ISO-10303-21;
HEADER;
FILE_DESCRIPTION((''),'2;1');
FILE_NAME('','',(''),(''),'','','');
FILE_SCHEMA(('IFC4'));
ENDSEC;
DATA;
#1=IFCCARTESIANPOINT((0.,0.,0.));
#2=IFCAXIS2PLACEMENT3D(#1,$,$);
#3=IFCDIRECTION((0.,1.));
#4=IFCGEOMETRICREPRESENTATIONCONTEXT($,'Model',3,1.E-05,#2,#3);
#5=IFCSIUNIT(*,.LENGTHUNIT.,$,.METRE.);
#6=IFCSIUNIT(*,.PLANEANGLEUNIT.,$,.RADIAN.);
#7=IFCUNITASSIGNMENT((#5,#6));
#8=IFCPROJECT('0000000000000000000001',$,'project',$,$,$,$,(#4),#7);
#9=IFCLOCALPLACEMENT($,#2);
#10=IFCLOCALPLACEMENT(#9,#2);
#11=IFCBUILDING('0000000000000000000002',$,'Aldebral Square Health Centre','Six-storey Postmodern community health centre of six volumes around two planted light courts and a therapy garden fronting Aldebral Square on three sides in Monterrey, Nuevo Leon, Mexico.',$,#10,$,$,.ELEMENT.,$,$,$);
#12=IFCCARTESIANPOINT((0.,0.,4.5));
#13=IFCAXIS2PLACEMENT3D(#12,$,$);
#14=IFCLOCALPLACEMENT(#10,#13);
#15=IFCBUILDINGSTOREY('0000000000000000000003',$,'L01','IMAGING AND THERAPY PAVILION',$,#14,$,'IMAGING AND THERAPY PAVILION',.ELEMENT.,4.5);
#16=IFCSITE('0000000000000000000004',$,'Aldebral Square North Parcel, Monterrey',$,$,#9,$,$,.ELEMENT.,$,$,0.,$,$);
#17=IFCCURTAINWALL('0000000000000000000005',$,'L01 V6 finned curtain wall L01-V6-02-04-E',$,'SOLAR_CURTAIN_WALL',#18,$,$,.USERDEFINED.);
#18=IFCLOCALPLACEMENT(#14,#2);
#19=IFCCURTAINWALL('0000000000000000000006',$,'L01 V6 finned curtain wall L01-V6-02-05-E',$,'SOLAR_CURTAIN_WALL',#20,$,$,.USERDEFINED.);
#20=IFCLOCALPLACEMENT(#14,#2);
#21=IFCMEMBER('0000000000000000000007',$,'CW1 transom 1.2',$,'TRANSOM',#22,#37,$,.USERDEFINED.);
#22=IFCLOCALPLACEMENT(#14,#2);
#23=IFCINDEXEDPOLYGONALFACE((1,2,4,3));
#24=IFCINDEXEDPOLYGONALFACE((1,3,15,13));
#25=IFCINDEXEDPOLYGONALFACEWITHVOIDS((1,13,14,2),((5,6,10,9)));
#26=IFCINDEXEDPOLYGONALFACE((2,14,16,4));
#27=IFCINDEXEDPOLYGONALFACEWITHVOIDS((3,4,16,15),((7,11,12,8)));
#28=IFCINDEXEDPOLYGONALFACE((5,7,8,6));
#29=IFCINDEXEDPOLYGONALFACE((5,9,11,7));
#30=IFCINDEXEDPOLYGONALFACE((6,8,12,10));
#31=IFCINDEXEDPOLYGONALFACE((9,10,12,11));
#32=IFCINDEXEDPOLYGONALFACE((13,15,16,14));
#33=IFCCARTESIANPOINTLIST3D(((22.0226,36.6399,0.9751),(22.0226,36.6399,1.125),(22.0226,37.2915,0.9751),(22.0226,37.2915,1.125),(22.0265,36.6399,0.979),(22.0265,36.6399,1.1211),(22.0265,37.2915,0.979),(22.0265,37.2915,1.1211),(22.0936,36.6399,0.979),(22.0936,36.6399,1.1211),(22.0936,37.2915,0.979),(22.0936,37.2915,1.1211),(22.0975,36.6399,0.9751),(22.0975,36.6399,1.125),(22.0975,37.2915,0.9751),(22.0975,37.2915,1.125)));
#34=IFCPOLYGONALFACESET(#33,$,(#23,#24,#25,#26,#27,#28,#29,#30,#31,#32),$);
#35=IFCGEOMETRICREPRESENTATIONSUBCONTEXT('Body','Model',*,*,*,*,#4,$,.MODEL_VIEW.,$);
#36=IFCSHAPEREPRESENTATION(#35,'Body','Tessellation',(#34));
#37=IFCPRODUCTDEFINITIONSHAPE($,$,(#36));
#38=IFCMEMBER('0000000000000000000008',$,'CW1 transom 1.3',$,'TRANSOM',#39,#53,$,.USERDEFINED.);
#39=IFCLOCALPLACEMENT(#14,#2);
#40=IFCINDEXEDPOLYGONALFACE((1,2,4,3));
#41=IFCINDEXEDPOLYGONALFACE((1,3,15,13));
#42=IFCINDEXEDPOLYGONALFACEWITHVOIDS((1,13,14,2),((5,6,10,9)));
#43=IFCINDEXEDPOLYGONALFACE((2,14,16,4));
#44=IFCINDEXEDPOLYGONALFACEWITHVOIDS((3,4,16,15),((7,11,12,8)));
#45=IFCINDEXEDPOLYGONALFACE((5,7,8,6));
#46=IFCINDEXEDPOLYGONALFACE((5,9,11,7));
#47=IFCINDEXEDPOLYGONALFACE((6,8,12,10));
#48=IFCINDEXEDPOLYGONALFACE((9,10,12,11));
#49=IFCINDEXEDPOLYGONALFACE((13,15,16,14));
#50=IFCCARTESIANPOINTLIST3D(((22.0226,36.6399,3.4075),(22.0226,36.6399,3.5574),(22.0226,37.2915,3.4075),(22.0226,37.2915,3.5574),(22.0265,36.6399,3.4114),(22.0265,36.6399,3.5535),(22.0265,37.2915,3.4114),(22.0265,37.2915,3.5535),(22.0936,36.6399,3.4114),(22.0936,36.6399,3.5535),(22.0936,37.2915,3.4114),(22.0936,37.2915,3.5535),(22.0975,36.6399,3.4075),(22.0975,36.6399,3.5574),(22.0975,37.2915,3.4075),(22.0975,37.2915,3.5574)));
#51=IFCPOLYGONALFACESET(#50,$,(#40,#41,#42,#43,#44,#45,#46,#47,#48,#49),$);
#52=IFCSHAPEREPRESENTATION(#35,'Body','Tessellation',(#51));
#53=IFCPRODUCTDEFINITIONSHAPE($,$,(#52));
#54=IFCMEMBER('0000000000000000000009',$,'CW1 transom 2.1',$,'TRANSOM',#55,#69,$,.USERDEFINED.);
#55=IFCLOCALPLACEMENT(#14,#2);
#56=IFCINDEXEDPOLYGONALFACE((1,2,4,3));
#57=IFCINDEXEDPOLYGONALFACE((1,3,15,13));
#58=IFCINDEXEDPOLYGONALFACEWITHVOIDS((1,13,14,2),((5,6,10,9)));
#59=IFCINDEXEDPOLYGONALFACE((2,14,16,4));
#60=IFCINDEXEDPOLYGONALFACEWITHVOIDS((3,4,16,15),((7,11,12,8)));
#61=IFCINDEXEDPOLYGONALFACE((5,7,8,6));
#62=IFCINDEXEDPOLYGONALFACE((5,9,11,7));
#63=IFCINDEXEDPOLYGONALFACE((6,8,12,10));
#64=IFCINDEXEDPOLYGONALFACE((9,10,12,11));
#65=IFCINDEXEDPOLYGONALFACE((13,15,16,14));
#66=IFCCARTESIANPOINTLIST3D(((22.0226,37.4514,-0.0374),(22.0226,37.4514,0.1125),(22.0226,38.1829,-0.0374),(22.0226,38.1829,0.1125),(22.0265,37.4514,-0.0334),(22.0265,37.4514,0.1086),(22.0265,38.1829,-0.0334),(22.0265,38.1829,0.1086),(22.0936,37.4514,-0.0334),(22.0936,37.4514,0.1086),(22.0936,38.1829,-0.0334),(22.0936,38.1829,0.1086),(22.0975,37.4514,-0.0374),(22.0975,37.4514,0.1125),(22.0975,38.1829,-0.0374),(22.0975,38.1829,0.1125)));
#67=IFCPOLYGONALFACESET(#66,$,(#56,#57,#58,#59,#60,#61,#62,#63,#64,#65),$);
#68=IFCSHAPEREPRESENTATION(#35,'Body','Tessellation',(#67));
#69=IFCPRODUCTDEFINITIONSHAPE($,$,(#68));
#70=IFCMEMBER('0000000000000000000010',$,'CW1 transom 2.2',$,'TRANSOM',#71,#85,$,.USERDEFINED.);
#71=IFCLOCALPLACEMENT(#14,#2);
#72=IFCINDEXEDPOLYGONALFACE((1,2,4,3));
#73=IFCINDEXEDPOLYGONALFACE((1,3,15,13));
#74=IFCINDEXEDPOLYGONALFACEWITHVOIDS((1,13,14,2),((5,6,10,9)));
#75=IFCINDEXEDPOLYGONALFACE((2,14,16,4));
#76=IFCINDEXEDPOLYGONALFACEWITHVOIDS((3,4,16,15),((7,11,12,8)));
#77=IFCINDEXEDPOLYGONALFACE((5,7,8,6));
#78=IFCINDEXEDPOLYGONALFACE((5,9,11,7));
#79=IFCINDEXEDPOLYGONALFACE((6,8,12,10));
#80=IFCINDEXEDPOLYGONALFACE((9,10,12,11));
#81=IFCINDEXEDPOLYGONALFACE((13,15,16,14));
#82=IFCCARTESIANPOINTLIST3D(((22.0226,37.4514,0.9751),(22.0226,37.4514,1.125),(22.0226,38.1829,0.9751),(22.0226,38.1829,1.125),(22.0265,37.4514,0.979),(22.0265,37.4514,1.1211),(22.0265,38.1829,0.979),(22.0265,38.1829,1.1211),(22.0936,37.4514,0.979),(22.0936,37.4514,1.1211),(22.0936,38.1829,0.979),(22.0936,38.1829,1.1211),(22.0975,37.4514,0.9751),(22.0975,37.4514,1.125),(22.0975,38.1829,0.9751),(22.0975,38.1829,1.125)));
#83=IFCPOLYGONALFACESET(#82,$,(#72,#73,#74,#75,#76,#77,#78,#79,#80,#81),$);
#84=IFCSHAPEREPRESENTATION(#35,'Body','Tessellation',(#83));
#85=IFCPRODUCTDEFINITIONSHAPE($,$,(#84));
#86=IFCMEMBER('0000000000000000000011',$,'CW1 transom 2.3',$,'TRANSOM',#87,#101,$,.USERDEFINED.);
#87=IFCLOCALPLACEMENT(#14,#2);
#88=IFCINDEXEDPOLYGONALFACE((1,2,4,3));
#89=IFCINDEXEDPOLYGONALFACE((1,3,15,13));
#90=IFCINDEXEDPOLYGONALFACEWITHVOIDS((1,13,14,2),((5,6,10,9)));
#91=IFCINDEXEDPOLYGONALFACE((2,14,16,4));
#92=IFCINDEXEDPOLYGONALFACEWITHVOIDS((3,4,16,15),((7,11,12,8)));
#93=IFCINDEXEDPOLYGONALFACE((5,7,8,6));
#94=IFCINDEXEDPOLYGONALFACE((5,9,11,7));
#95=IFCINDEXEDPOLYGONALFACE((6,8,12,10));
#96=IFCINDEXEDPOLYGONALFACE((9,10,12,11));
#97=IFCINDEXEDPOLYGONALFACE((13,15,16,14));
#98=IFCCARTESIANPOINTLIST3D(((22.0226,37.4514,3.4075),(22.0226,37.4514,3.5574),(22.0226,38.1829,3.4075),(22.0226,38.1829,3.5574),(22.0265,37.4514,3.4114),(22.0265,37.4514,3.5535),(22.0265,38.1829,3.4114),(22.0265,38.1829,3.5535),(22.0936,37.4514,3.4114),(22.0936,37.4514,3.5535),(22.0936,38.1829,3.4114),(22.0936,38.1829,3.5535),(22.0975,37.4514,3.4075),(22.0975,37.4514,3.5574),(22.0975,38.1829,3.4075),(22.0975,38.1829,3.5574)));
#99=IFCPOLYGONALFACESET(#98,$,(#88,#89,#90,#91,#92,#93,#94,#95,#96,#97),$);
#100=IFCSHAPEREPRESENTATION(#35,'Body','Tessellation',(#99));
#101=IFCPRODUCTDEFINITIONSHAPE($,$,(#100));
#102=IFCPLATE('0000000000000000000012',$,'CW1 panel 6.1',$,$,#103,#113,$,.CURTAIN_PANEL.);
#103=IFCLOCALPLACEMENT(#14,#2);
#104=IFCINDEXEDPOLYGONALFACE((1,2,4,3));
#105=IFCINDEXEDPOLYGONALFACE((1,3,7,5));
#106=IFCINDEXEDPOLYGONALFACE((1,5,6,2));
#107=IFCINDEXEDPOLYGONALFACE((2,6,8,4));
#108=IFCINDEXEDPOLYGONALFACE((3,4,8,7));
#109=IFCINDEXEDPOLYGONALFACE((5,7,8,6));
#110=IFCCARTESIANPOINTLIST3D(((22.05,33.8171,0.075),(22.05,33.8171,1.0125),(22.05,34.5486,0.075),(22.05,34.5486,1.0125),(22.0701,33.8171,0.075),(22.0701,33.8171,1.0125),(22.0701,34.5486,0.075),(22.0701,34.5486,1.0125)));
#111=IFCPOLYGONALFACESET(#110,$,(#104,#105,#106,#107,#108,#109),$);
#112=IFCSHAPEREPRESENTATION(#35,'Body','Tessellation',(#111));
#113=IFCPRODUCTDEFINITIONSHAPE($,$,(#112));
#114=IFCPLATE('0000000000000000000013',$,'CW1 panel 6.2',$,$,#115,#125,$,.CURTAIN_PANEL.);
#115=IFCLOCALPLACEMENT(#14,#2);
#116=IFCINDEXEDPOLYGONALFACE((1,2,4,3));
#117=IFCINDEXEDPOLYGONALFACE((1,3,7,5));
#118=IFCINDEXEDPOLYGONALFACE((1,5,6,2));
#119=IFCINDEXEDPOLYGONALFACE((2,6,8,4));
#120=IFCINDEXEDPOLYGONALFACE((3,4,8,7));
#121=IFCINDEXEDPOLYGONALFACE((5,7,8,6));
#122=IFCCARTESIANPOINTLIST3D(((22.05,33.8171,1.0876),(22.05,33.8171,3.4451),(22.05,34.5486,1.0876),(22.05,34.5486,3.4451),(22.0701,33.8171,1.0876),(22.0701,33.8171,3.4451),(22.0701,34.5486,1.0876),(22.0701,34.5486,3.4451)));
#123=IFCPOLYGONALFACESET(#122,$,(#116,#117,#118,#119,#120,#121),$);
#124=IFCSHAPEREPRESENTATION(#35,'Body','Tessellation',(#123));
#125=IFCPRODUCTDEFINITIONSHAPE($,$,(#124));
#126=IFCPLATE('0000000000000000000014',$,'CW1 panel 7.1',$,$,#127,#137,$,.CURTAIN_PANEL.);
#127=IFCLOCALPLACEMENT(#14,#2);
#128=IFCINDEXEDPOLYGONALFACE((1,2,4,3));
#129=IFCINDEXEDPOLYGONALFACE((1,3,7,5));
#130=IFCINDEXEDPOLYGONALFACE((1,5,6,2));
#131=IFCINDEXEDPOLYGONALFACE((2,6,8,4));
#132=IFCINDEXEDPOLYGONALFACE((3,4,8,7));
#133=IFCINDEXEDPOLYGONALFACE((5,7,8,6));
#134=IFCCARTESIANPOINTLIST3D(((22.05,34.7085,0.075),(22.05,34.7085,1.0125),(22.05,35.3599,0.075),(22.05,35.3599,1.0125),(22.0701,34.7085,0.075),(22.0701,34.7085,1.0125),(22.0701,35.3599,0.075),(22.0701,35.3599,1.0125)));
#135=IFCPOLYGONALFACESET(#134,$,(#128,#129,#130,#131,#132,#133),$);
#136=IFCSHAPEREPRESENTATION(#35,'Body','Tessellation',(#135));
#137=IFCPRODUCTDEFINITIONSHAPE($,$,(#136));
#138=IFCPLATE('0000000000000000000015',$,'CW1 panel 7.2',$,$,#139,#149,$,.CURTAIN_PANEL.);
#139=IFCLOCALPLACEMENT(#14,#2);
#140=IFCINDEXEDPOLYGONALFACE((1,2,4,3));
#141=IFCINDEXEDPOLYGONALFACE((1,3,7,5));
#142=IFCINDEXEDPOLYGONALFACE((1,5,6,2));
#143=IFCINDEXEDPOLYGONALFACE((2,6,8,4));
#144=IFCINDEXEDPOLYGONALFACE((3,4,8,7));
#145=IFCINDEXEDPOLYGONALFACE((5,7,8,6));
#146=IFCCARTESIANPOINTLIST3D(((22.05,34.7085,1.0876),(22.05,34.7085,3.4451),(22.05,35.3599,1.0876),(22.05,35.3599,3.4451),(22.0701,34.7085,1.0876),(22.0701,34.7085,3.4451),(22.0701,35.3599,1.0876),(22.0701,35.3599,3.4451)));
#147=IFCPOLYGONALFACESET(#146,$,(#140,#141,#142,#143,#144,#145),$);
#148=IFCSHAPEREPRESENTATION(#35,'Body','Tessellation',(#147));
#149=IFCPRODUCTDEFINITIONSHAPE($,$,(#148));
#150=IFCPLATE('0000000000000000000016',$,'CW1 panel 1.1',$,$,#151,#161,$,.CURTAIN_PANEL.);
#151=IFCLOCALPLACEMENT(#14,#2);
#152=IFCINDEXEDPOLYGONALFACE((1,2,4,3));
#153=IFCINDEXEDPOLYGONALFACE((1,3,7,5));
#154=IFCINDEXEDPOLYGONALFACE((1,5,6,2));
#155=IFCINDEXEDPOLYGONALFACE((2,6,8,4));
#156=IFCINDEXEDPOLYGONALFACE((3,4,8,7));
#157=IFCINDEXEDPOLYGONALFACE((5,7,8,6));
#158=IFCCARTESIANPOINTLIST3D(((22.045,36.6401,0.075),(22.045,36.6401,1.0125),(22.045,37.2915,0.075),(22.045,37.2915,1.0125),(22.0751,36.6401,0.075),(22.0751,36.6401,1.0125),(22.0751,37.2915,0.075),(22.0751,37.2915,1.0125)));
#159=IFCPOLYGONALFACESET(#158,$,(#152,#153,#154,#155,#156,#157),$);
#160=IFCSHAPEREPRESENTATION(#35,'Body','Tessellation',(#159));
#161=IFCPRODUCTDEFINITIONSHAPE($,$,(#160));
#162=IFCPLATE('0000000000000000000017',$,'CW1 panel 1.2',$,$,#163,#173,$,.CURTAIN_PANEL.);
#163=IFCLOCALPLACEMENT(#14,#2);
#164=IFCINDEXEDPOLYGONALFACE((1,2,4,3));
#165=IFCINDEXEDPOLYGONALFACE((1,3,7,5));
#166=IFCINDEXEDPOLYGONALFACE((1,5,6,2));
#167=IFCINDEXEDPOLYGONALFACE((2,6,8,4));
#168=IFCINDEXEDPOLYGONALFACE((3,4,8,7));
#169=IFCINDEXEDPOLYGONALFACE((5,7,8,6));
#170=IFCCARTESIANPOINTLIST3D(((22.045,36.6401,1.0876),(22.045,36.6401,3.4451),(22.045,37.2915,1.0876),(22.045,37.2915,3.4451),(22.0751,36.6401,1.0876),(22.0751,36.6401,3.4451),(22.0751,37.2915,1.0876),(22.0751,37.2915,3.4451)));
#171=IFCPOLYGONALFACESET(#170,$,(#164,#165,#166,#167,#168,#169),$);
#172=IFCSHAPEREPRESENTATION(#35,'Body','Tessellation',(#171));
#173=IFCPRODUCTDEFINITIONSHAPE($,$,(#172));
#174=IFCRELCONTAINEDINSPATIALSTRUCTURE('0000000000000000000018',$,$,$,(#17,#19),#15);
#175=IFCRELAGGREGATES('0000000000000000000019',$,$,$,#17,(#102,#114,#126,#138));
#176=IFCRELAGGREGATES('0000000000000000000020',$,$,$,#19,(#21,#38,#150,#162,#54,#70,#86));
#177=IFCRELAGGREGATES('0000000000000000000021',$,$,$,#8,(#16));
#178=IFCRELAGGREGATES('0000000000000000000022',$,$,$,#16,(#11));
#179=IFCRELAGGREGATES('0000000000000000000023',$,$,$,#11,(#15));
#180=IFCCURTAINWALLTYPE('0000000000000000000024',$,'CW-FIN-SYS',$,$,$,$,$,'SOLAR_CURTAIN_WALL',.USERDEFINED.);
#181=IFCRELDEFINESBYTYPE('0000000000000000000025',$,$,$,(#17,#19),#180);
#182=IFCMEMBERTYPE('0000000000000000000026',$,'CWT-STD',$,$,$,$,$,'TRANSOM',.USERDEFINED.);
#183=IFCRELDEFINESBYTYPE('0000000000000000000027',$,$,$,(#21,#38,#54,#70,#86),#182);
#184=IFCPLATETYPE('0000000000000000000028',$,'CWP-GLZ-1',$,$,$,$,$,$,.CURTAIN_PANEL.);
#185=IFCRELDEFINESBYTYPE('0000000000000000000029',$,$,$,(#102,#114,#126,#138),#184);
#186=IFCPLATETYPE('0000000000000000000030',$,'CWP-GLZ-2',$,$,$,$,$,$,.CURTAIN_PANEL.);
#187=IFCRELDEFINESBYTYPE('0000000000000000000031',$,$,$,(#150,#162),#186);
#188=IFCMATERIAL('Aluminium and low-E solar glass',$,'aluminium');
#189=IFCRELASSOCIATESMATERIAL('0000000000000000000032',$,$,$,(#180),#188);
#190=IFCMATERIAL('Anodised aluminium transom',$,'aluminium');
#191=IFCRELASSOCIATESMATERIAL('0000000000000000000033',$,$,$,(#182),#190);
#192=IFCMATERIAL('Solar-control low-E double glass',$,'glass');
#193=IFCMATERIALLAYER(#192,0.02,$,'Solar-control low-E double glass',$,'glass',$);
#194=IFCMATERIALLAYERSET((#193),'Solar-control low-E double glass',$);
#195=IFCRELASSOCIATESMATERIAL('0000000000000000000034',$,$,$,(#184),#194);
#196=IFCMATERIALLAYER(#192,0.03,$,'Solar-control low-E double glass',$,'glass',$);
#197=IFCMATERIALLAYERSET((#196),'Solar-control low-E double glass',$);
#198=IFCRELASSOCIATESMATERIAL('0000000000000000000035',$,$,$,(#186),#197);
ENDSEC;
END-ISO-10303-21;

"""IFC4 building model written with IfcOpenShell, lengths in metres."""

from ifc_helpers import new_model, si_unit, direction, frame, origin, origin_2d, place, context, subcontext, project, spatial, rectangle, hollow_rectangle, extrude, material, layer, layer_set, material_profile, profile_set, type_object, element, aggregate, save


model = new_model("IFC4")

# Units and contexts
model_context = context("Model", 3, precision=1e-05, world=origin(), true_north=direction((0.0, 1.0)))
body_context = subcontext(model_context, "Body", "Model", "MODEL_VIEW")
ifc_project = project(units=[si_unit("LENGTHUNIT", "METRE"), si_unit("PLANEANGLEUNIT", "RADIAN")], contexts=[model_context])

# Site, building, storey
site_placement = place(None, origin())
site = spatial("IfcSite", under=ifc_project, at=site_placement, Name="Aldebral Square North Parcel, Monterrey", CompositionType="ELEMENT", RefElevation=0.0)
building_placement = place(site_placement, origin())
building = spatial("IfcBuilding", under=site, at=building_placement, Name="Aldebral Square Health Centre", Description="Six-storey Postmodern community health centre of six volumes around two planted light courts and a therapy garden fronting Aldebral Square on three sides in Monterrey, Nuevo Leon, Mexico.", CompositionType="ELEMENT")
storey_placement = place(building_placement, frame((0.0, 0.0, 4.5)))
storey = spatial("IfcBuildingStorey", under=building, at=storey_placement, Name="L01", Description="IMAGING AND THERAPY PAVILION", LongName="IMAGING AND THERAPY PAVILION", CompositionType="ELEMENT", Elevation=4.5)

# Curtain walls
ifc_material_1 = material(Name="Aluminium and low-E solar glass", Category="aluminium")
curtain_wall_type = type_object("IfcCurtainWallType", Name="CW-FIN-SYS", ElementType="SOLAR_CURTAIN_WALL", PredefinedType="USERDEFINED", material=ifc_material_1)
curtain_wall_1_placement = place(storey_placement, origin())
curtain_wall_1 = element("IfcCurtainWall", 1, at=curtain_wall_1_placement, inside=storey, type_object=curtain_wall_type, Name="L01 V6 finned curtain wall L01-V6-02-04-E", ObjectType="SOLAR_CURTAIN_WALL", PredefinedType="USERDEFINED")
curtain_wall_2_placement = place(storey_placement, origin())
curtain_wall_2 = element("IfcCurtainWall", 2, at=curtain_wall_2_placement, inside=storey, type_object=curtain_wall_type, Name="L01 V6 finned curtain wall L01-V6-02-05-E", ObjectType="SOLAR_CURTAIN_WALL", PredefinedType="USERDEFINED")

# Members
ifc_material_2 = material(Name="Anodised aluminium transom", Category="aluminium")
ifc_material_profile_1 = material_profile(ifc_material_2, hollow_rectangle(XDim=0.075, YDim=0.1499, WallThickness=0.0039, at=origin_2d()), Name="CWT 75x150x4")
ifc_profile_set_1 = profile_set([ifc_material_profile_1], Name="Anodised aluminium transom")
member_type_1 = type_object("IfcMemberType", Name="CWT-STD", ElementType="TRANSOM", PredefinedType="USERDEFINED", material=ifc_profile_set_1)
member_1_placement = place(storey_placement, frame((22.0601, 36.6399, 1.05), z_axis=(0.0, 1.0, 0.0), x_axis=(-1.0, 0.0, 0.0)))
member_1 = element("IfcMember", 3, at=member_1_placement, type_object=member_type_1, Name="CW1 transom 1.2", ObjectType="TRANSOM", PredefinedType="USERDEFINED", context=body_context, shape_type="SweptSolid", body=[
    extrude(hollow_rectangle(XDim=0.075, YDim=0.1499, WallThickness=0.0039, at=origin_2d()), origin(), (0.0, 0.0, 1.0), 0.6516),
])
member_2_placement = place(storey_placement, frame((22.0601, 36.6399, 3.4824), z_axis=(0.0, 1.0, 0.0), x_axis=(-1.0, 0.0, 0.0)))
member_2 = element("IfcMember", 4, at=member_2_placement, type_object=member_type_1, Name="CW1 transom 1.3", ObjectType="TRANSOM", PredefinedType="USERDEFINED", context=body_context, shape_type="SweptSolid", body=[
    extrude(hollow_rectangle(XDim=0.075, YDim=0.1499, WallThickness=0.0039, at=origin_2d()), origin(), (0.0, 0.0, 1.0), 0.6516),
])
member_3_placement = place(storey_placement, frame((22.0601, 37.4514, 0.0376), z_axis=(0.0, 1.0, 0.0), x_axis=(-1.0, 0.0, 0.0)))
member_3 = element("IfcMember", 5, at=member_3_placement, type_object=member_type_1, Name="CW1 transom 2.1", ObjectType="TRANSOM", PredefinedType="USERDEFINED", context=body_context, shape_type="SweptSolid", body=[
    extrude(hollow_rectangle(XDim=0.075, YDim=0.1499, WallThickness=0.0039, at=origin_2d()), origin(), (0.0, 0.0, 1.0), 0.7314),
])
member_4_placement = place(storey_placement, frame((22.0601, 37.4514, 1.05), z_axis=(0.0, 1.0, 0.0), x_axis=(-1.0, 0.0, 0.0)))
member_4 = element("IfcMember", 6, at=member_4_placement, type_object=member_type_1, Name="CW1 transom 2.2", ObjectType="TRANSOM", PredefinedType="USERDEFINED", context=body_context, shape_type="SweptSolid", body=[
    extrude(hollow_rectangle(XDim=0.075, YDim=0.1499, WallThickness=0.0039, at=origin_2d()), origin(), (0.0, 0.0, 1.0), 0.7314),
])
member_5_placement = place(storey_placement, frame((22.0601, 37.4514, 3.4824), z_axis=(0.0, 1.0, 0.0), x_axis=(-1.0, 0.0, 0.0)))
member_5 = element("IfcMember", 7, at=member_5_placement, type_object=member_type_1, Name="CW1 transom 2.3", ObjectType="TRANSOM", PredefinedType="USERDEFINED", context=body_context, shape_type="SweptSolid", body=[
    extrude(hollow_rectangle(XDim=0.075, YDim=0.1499, WallThickness=0.0039, at=origin_2d()), origin(), (0.0, 0.0, 1.0), 0.7314),
])

# Plates
ifc_material_3 = material(Name="Solar-control low-E double glass", Category="glass")
ifc_layer_1 = layer(ifc_material_3, 0.02, Name="Solar-control low-E double glass", Category="glass")
ifc_layer_set_1 = layer_set([ifc_layer_1], Name="Solar-control low-E double glass")
plate_type_1 = type_object("IfcPlateType", Name="CWP-GLZ-1", PredefinedType="CURTAIN_PANEL", material=ifc_layer_set_1)
plate_1_placement = place(storey_placement, frame((22.0601, 34.1829, 0.075), z_axis=(0.0, 0.0, 1.0), x_axis=(0.0, 1.0, 0.0)))
plate_1 = element("IfcPlate", 8, at=plate_1_placement, type_object=plate_type_1, Name="CW1 panel 6.1", PredefinedType="CURTAIN_PANEL", context=body_context, shape_type="SweptSolid", body=[
    extrude(rectangle(XDim=0.7314, YDim=0.02, at=origin_2d()), origin(), (0.0, 0.0, 1.0), 0.9375),
])
plate_2_placement = place(storey_placement, frame((22.0601, 34.1829, 1.0876), z_axis=(0.0, 0.0, 1.0), x_axis=(0.0, 1.0, 0.0)))
plate_2 = element("IfcPlate", 9, at=plate_2_placement, type_object=plate_type_1, Name="CW1 panel 6.2", PredefinedType="CURTAIN_PANEL", context=body_context, shape_type="SweptSolid", body=[
    extrude(rectangle(XDim=0.7314, YDim=0.02, at=origin_2d()), origin(), (0.0, 0.0, 1.0), 2.3574),
])
plate_3_placement = place(storey_placement, frame((22.0601, 35.0342, 0.075), z_axis=(0.0, 0.0, 1.0), x_axis=(0.0, 1.0, 0.0)))
plate_3 = element("IfcPlate", 10, at=plate_3_placement, type_object=plate_type_1, Name="CW1 panel 7.1", PredefinedType="CURTAIN_PANEL", context=body_context, shape_type="SweptSolid", body=[
    extrude(rectangle(XDim=0.6514, YDim=0.02, at=origin_2d()), origin(), (0.0, 0.0, 1.0), 0.9375),
])
plate_4_placement = place(storey_placement, frame((22.0601, 35.0342, 1.0876), z_axis=(0.0, 0.0, 1.0), x_axis=(0.0, 1.0, 0.0)))
plate_4 = element("IfcPlate", 11, at=plate_4_placement, type_object=plate_type_1, Name="CW1 panel 7.2", PredefinedType="CURTAIN_PANEL", context=body_context, shape_type="SweptSolid", body=[
    extrude(rectangle(XDim=0.6514, YDim=0.02, at=origin_2d()), origin(), (0.0, 0.0, 1.0), 2.3574),
])
aggregate(curtain_wall_1, [plate_1, plate_2, plate_3, plate_4])
ifc_layer_2 = layer(ifc_material_3, 0.03, Name="Solar-control low-E double glass", Category="glass")
ifc_layer_set_2 = layer_set([ifc_layer_2], Name="Solar-control low-E double glass")
plate_type_2 = type_object("IfcPlateType", Name="CWP-GLZ-2", PredefinedType="CURTAIN_PANEL", material=ifc_layer_set_2)
plate_5_placement = place(storey_placement, frame((22.0601, 36.9658, 0.075), z_axis=(0.0, 0.0, 1.0), x_axis=(0.0, 1.0, 0.0)))
plate_5 = element("IfcPlate", 12, at=plate_5_placement, type_object=plate_type_2, Name="CW1 panel 1.1", PredefinedType="CURTAIN_PANEL", context=body_context, shape_type="SweptSolid", body=[
    extrude(rectangle(XDim=0.6514, YDim=0.03, at=origin_2d()), origin(), (0.0, 0.0, 1.0), 0.9375),
])
plate_6_placement = place(storey_placement, frame((22.0601, 36.9658, 1.0876), z_axis=(0.0, 0.0, 1.0), x_axis=(0.0, 1.0, 0.0)))
plate_6 = element("IfcPlate", 13, at=plate_6_placement, type_object=plate_type_2, Name="CW1 panel 1.2", PredefinedType="CURTAIN_PANEL", context=body_context, shape_type="SweptSolid", body=[
    extrude(rectangle(XDim=0.6514, YDim=0.03, at=origin_2d()), origin(), (0.0, 0.0, 1.0), 2.3574),
])
aggregate(curtain_wall_2, [member_1, member_2, plate_5, plate_6, member_3, member_4, member_5])

save(model, "model.ifc")
